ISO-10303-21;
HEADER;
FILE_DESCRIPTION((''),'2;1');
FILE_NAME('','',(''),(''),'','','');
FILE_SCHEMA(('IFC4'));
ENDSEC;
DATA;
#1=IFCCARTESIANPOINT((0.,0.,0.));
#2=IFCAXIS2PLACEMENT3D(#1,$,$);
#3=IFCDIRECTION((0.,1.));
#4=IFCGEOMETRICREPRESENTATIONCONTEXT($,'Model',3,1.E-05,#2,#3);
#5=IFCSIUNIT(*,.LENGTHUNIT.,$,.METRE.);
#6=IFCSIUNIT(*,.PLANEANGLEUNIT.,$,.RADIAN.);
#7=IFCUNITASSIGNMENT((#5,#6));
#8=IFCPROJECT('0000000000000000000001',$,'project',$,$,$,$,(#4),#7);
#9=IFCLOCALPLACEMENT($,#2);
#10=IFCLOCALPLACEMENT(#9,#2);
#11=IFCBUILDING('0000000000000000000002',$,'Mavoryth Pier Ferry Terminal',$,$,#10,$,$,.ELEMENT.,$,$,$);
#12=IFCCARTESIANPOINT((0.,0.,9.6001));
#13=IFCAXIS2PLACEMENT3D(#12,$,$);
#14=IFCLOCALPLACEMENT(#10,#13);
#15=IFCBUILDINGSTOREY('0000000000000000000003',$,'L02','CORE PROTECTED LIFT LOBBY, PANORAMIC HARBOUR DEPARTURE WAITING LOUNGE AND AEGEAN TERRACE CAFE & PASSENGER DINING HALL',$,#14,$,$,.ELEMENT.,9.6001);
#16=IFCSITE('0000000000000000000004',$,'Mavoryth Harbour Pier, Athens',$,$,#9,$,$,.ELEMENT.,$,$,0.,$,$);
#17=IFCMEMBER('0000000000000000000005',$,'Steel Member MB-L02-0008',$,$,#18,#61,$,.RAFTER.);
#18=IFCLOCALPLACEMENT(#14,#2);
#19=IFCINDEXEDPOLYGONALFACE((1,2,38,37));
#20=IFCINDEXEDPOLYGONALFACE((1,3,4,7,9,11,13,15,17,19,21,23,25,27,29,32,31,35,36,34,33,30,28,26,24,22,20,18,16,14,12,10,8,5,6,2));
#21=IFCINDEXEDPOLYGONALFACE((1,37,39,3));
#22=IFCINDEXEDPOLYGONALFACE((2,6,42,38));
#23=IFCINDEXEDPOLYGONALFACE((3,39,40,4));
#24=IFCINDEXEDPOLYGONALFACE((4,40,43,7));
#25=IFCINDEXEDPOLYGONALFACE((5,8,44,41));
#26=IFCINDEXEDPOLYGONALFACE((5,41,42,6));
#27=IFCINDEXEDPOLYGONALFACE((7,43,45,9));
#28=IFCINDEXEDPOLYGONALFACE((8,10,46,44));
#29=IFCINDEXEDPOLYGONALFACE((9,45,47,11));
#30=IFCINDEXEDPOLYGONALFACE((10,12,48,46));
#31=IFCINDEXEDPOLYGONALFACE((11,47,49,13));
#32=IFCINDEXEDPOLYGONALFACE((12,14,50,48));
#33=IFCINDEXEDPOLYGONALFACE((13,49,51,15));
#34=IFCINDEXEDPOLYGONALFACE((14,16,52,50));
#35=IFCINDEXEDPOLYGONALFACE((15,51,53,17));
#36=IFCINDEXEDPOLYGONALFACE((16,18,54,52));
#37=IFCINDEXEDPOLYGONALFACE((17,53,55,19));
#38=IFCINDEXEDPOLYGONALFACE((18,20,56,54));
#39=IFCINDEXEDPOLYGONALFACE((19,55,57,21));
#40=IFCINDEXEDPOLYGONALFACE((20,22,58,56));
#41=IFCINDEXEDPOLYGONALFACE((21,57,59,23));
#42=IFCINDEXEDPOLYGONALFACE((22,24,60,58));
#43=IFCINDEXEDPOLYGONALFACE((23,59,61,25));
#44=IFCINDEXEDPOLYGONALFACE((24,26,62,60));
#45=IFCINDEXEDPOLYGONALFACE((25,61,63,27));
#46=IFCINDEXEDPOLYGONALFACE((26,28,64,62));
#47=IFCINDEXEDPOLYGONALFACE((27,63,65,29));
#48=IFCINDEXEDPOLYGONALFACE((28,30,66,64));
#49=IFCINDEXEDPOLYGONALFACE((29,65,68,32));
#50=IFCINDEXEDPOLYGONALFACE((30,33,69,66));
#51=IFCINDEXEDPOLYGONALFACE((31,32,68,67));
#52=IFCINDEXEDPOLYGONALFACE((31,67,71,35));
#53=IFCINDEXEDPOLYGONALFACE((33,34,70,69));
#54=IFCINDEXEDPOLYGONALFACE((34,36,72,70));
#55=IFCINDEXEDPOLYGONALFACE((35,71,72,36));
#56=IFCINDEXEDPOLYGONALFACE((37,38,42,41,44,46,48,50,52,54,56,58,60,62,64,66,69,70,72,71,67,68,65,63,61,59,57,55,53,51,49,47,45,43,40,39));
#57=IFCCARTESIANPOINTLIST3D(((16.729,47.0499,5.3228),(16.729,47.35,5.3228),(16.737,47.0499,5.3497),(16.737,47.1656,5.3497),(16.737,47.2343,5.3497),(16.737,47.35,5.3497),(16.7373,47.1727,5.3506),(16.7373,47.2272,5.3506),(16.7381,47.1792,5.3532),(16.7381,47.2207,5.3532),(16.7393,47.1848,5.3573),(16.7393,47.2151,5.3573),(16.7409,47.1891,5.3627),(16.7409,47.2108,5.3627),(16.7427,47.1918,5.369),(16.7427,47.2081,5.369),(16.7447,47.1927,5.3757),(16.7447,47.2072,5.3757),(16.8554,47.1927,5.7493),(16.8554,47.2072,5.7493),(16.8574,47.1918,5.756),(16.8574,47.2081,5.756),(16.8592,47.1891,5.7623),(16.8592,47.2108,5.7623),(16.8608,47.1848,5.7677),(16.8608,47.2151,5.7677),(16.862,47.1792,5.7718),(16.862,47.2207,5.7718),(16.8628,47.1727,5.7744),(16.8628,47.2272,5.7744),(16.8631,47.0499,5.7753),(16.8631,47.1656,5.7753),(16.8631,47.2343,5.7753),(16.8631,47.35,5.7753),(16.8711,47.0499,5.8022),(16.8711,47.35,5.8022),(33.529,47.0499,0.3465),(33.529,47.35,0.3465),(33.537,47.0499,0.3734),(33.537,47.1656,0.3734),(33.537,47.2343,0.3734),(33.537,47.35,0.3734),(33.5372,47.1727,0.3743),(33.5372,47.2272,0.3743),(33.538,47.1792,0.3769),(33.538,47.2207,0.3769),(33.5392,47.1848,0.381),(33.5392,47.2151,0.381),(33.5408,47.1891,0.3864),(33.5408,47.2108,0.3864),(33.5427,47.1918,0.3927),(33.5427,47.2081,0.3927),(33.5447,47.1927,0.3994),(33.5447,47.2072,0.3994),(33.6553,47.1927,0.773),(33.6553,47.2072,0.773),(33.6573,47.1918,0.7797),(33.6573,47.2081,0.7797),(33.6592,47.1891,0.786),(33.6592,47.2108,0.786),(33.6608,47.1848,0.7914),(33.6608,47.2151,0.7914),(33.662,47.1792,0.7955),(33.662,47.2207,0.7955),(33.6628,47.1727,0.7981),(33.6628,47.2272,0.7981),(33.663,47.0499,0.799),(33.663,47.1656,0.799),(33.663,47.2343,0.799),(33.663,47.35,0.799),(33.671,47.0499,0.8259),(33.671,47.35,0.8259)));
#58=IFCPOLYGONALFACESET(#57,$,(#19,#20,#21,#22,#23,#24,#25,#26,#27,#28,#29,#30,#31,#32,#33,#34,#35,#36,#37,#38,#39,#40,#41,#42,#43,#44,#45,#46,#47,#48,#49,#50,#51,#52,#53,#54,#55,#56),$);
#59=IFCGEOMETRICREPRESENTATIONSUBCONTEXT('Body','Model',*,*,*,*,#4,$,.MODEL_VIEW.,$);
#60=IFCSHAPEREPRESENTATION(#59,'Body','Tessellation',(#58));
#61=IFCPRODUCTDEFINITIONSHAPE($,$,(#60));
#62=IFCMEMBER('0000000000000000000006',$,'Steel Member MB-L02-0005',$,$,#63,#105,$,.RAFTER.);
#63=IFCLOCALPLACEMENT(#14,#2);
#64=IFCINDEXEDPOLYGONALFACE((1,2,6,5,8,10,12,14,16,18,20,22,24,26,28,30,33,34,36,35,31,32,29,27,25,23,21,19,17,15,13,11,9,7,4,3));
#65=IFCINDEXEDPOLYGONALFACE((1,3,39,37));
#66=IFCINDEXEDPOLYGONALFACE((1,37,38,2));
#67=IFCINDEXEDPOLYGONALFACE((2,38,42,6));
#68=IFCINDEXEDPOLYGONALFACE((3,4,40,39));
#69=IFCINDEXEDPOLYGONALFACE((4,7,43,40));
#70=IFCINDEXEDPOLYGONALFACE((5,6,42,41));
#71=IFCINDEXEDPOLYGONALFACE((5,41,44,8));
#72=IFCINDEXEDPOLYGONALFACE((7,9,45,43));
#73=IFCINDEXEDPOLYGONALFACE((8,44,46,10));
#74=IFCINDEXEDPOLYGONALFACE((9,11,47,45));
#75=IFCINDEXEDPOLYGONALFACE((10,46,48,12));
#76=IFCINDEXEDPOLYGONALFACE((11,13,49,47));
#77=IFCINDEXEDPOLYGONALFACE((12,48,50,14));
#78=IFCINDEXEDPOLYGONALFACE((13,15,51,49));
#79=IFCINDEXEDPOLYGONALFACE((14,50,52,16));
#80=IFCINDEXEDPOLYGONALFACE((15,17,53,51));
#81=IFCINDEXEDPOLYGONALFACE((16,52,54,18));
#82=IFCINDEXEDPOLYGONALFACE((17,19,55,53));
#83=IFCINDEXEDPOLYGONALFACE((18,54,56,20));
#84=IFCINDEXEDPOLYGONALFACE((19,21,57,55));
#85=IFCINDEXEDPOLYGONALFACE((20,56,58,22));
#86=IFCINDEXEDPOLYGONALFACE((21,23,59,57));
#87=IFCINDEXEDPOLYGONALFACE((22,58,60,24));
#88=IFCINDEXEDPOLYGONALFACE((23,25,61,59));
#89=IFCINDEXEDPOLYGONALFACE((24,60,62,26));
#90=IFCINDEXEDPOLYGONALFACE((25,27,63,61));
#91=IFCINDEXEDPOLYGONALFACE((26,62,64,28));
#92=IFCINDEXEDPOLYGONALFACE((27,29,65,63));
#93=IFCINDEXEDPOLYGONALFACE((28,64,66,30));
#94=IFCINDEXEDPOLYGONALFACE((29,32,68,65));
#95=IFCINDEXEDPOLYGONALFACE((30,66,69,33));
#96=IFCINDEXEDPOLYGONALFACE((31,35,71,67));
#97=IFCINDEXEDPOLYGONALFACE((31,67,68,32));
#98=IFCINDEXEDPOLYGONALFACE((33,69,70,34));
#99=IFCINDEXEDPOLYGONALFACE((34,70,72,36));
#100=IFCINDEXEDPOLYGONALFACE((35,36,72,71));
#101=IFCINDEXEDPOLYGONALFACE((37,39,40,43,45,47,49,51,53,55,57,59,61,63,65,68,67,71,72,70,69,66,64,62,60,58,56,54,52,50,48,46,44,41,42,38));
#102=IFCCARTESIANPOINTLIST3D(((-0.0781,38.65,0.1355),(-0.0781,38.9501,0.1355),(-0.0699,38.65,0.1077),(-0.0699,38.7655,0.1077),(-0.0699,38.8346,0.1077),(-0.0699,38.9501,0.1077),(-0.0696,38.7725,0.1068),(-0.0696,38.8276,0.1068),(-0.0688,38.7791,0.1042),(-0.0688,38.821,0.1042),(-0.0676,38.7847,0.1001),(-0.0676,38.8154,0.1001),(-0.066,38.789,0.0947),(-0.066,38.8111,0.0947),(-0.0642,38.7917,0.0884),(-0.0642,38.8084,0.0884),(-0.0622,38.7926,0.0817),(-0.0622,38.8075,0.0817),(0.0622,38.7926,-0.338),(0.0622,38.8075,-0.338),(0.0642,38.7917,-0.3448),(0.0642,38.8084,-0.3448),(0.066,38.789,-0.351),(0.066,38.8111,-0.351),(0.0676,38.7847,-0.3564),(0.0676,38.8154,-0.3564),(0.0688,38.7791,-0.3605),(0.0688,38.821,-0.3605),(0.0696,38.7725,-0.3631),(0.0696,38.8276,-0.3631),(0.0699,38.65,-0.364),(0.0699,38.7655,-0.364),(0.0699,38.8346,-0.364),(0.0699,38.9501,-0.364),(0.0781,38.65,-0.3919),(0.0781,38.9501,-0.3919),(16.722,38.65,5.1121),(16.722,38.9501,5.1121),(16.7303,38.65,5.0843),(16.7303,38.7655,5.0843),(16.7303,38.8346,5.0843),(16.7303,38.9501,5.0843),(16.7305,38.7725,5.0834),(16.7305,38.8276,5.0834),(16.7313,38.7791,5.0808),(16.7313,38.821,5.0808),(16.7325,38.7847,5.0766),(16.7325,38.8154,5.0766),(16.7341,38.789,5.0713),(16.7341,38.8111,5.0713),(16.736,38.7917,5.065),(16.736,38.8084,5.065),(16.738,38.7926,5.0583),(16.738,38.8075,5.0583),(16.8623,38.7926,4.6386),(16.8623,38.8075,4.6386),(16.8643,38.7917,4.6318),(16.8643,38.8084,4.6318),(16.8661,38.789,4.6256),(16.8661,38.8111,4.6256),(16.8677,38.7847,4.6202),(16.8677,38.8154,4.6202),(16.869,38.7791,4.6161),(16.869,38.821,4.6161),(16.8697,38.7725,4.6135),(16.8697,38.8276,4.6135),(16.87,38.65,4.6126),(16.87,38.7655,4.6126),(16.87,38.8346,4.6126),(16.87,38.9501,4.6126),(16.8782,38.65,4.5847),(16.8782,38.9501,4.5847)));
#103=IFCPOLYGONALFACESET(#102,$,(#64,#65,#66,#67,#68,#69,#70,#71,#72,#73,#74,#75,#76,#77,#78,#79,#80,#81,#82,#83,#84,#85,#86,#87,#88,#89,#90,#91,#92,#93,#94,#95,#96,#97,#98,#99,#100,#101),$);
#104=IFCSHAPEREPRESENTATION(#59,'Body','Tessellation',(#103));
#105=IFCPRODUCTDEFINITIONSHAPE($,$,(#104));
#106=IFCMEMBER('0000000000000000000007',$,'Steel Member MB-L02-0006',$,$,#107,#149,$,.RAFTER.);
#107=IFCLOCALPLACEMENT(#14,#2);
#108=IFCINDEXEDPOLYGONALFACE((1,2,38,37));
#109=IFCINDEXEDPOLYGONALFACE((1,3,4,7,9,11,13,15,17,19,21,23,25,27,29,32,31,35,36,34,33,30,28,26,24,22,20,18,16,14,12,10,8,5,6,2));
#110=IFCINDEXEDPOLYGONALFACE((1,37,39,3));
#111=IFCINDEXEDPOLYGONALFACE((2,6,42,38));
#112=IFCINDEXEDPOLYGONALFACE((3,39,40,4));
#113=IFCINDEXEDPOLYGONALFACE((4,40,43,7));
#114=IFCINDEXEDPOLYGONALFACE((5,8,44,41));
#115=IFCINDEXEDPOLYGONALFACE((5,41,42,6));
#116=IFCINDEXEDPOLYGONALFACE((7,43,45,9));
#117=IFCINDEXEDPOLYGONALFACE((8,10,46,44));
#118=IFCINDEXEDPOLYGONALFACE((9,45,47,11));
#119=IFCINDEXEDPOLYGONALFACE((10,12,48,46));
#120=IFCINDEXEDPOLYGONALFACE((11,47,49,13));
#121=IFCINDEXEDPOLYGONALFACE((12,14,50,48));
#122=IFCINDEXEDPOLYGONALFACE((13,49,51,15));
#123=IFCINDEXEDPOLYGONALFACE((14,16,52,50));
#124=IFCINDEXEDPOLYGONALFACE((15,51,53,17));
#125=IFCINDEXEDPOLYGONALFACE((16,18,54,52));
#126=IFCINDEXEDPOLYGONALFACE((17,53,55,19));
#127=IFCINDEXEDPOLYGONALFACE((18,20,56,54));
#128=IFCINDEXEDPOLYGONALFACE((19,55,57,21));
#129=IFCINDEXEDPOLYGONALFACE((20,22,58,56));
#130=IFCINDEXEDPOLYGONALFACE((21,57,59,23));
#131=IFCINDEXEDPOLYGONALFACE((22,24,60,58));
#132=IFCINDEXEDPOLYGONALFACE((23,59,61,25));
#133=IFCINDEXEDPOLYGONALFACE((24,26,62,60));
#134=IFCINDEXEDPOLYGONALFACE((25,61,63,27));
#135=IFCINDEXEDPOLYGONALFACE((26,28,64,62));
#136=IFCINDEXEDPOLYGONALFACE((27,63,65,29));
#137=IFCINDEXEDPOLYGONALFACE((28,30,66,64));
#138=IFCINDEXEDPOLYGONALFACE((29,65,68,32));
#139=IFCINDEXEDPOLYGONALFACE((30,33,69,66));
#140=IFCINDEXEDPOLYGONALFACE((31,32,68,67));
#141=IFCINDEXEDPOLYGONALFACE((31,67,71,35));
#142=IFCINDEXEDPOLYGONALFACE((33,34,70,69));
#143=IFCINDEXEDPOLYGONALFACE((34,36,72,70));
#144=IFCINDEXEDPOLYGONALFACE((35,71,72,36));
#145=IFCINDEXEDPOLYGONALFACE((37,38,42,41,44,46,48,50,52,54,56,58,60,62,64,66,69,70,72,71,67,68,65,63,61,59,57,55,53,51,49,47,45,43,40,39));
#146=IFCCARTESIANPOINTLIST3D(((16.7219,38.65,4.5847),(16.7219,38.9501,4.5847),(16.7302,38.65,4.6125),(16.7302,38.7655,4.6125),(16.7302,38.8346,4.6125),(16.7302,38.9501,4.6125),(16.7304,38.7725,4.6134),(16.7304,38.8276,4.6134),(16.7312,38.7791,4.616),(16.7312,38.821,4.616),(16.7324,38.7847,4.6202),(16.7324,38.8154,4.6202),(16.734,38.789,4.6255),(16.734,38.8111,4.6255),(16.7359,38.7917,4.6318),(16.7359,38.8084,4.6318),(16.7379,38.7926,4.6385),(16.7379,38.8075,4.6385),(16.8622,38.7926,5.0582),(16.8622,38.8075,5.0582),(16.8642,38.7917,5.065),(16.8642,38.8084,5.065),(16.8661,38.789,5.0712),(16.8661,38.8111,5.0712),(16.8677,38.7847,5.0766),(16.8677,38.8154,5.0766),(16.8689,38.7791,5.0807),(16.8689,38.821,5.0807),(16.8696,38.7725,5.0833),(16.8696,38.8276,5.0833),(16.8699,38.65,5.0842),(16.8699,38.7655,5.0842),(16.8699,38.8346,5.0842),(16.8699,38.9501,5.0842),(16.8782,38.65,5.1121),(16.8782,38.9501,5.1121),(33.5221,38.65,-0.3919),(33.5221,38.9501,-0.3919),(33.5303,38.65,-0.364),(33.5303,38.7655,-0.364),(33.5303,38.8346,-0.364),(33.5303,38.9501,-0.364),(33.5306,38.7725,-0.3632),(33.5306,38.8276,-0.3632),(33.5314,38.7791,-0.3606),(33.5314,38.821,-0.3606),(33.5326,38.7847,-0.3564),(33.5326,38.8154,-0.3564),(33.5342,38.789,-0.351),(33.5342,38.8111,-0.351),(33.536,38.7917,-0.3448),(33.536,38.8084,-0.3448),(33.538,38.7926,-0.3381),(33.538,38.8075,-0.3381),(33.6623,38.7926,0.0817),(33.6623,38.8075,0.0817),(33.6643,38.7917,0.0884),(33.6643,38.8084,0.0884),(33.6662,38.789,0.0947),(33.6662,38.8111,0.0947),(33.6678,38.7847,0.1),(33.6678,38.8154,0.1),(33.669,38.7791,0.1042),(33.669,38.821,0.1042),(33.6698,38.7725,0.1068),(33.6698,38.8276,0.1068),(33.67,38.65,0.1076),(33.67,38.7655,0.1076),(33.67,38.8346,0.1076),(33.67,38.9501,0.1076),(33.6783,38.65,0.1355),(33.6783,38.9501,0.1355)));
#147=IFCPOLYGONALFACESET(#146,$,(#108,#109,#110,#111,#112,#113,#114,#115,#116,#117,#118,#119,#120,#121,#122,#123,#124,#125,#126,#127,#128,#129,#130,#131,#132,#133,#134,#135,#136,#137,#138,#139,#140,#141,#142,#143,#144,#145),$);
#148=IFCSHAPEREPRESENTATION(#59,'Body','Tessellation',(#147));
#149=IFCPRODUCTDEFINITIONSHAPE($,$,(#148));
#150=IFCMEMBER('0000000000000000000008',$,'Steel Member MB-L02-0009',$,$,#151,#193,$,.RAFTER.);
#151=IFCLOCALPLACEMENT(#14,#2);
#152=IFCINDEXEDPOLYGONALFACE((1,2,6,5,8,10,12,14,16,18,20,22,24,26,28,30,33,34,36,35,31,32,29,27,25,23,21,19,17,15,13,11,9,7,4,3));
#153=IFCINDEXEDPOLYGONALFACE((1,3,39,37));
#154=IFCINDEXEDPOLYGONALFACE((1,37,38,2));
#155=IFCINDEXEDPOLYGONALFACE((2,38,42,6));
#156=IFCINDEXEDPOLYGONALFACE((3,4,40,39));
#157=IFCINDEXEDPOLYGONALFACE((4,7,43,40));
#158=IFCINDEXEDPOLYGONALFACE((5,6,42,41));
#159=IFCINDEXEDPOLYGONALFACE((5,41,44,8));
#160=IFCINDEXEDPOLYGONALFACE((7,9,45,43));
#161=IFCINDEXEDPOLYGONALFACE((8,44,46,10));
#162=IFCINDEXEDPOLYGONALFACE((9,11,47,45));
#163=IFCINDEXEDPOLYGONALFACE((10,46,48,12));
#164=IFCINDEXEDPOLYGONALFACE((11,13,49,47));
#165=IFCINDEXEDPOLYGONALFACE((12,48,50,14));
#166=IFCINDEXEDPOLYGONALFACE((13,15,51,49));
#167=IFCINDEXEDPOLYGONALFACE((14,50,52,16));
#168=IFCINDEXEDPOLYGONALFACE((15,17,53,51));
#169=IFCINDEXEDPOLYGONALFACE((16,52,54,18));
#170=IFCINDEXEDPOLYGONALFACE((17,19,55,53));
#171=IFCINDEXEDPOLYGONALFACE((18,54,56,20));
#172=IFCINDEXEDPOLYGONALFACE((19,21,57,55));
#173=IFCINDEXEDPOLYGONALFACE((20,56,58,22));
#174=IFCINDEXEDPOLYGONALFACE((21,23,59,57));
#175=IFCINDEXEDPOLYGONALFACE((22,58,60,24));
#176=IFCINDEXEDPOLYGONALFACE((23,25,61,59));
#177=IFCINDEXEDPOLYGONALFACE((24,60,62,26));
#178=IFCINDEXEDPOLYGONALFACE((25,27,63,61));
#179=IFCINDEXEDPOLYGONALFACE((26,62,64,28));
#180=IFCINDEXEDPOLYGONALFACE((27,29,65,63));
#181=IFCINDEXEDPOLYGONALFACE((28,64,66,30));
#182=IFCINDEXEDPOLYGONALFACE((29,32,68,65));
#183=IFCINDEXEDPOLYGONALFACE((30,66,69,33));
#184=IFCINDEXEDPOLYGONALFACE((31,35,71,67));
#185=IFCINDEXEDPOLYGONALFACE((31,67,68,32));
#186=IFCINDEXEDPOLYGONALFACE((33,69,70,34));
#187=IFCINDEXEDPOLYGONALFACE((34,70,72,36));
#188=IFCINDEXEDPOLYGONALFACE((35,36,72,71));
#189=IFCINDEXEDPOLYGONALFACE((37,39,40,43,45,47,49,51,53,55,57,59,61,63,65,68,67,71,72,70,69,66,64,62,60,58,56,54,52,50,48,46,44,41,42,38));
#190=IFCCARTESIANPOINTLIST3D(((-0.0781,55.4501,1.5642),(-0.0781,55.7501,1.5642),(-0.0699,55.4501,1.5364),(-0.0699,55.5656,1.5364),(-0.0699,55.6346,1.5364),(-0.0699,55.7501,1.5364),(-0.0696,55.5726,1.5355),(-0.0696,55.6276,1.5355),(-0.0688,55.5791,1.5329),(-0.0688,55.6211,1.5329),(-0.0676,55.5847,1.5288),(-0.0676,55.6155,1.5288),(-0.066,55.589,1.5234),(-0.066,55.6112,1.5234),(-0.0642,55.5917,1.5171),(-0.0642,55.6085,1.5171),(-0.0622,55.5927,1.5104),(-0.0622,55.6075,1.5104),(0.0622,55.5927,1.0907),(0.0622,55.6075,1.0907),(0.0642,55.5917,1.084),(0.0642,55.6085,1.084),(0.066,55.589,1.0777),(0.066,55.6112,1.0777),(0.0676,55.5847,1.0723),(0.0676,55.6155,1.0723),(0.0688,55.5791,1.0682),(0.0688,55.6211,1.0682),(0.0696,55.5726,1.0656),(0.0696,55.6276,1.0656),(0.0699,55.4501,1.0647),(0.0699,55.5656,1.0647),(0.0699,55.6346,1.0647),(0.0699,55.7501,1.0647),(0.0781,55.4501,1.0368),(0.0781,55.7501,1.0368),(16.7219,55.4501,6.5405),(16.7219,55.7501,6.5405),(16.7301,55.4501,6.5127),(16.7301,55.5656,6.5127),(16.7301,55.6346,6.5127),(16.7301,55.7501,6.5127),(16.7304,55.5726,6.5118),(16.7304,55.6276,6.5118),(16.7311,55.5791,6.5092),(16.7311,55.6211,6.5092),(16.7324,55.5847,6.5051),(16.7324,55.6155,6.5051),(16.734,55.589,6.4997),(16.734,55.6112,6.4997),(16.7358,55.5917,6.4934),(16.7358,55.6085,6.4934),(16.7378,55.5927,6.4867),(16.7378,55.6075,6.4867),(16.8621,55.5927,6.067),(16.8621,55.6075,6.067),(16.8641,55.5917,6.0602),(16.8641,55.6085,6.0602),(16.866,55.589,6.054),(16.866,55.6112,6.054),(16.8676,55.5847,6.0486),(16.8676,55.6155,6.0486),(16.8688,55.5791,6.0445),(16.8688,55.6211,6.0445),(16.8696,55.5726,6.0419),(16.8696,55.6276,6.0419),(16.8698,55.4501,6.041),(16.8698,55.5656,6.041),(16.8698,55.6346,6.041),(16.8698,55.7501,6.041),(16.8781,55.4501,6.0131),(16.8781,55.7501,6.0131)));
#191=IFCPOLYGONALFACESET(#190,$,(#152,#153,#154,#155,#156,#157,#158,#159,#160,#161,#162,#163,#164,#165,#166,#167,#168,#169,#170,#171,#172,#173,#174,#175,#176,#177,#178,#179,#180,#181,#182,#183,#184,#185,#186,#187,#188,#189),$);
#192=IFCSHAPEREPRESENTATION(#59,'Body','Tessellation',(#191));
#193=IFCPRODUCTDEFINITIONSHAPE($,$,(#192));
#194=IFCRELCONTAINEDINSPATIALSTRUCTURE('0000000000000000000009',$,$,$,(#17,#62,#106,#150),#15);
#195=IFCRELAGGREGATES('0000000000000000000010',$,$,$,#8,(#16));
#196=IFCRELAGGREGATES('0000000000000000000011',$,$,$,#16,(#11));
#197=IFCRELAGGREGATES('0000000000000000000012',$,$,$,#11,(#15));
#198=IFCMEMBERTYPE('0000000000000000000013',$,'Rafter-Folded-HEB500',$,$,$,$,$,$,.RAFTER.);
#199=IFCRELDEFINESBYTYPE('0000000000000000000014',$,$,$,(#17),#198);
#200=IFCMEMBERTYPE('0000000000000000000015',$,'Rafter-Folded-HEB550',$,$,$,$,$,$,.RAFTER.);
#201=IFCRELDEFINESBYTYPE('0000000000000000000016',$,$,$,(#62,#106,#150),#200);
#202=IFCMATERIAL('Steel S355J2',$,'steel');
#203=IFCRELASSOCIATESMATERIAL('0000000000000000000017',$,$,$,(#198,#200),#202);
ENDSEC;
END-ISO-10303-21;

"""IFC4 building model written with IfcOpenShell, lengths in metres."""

from ifc_helpers import new_model, si_unit, direction, frame, origin, origin_2d, place, context, subcontext, project, spatial, i_section, extrude, material, material_profile, profile_set, type_object, element, save


model = new_model("IFC4")

# Units and contexts
model_context = context("Model", 3, precision=1e-05, world=origin(), true_north=direction((0.0, 1.0)))
body_context = subcontext(model_context, "Body", "Model", "MODEL_VIEW")
ifc_project = project(units=[si_unit("LENGTHUNIT", "METRE"), si_unit("PLANEANGLEUNIT", "RADIAN")], contexts=[model_context])

# Site, building, storey
site_placement = place(None, origin())
site = spatial("IfcSite", under=ifc_project, at=site_placement, Name="Mavoryth Harbour Pier, Athens", CompositionType="ELEMENT", RefElevation=0.0)
building_placement = place(site_placement, origin())
building = spatial("IfcBuilding", under=site, at=building_placement, Name="Mavoryth Pier Ferry Terminal", CompositionType="ELEMENT")
storey_placement = place(building_placement, frame((0.0, 0.0, 9.6001)))
storey = spatial("IfcBuildingStorey", under=building, at=storey_placement, Name="L02", Description="CORE PROTECTED LIFT LOBBY, PANORAMIC HARBOUR DEPARTURE WAITING LOUNGE AND AEGEAN TERRACE CAFE & PASSENGER DINING HALL", CompositionType="ELEMENT", Elevation=9.6001)

# Members
ifc_material_1 = material(Name="Steel S355J2", Category="steel")
ifc_material_profile_1 = material_profile(ifc_material_1, i_section(OverallWidth=0.3, OverallDepth=0.5, WebThickness=0.0144, FlangeThickness=0.0281, FilletRadius=0.0271, at=origin_2d()), Name="HEB 500", Category="steel")
ifc_profile_set_1 = profile_set([ifc_material_profile_1], Name="Steel S355J2 - HEB 500")
member_type_1 = type_object("IfcMemberType", Name="Rafter-Folded-HEB500", PredefinedType="RAFTER", material=ifc_profile_set_1)
for number, where, z_axis, x_axis, name in (
    (1, (16.8, 47.2, 5.5625), (0.958821, 0.0, -0.284011), (0.0, 1.0, 0.0), "Steel Member MB-L02-0008"),
):
    element("IfcMember", number, at=place(storey_placement, frame(where, z_axis=z_axis, x_axis=x_axis)), inside=storey, type_object=member_type_1, Name=name, PredefinedType="RAFTER", context=body_context, shape_type="SweptSolid", body=[
        extrude(i_section(OverallWidth=0.3, OverallDepth=0.5, WebThickness=0.0144, FlangeThickness=0.0281, FilletRadius=0.0271, at=origin_2d()), origin(), (0.0, 0.0, 1.0), 17.5215),
    ])
ifc_material_profile_2 = material_profile(ifc_material_1, i_section(OverallWidth=0.3, OverallDepth=0.55, WebThickness=0.0149, FlangeThickness=0.0291, FilletRadius=0.0271, at=origin_2d()), Name="HEB 550", Category="steel")
ifc_profile_set_2 = profile_set([ifc_material_profile_2], Name="Steel S355J2 - HEB 550")
member_type_2 = type_object("IfcMemberType", Name="Rafter-Folded-HEB550", PredefinedType="RAFTER", material=ifc_profile_set_2)
for number, where, z_axis, x_axis, name in (
    (2, (0.0, 38.8, -0.1282), (0.958817, 0.0, 0.284024), (0.0, 1.0, 0.0), "Steel Member MB-L02-0005"),
    (3, (16.8, 38.8, 4.8484), (0.958817, 0.0, -0.284024), (0.0, 1.0, 0.0), "Steel Member MB-L02-0006"),
):
    element("IfcMember", number, at=place(storey_placement, frame(where, z_axis=z_axis, x_axis=x_axis)), inside=storey, type_object=member_type_2, Name=name, PredefinedType="RAFTER", context=body_context, shape_type="SweptSolid", body=[
        extrude(i_section(OverallWidth=0.3, OverallDepth=0.55, WebThickness=0.0149, FlangeThickness=0.0291, FilletRadius=0.0271, at=origin_2d()), origin(), (0.0, 0.0, 1.0), 17.5217),
    ])
member_1_placement = place(storey_placement, frame((0.0, 55.6001, 1.3005), z_axis=(0.958821, 0.0, 0.284011), x_axis=(0.0, 1.0, 0.0)))
element("IfcMember", 4, at=member_1_placement, inside=storey, type_object=member_type_2, Name="Steel Member MB-L02-0009", PredefinedType="RAFTER", context=body_context, shape_type="SweptSolid", body=[
    extrude(i_section(OverallWidth=0.3, OverallDepth=0.55, WebThickness=0.0149, FlangeThickness=0.0291, FilletRadius=0.0271, at=origin_2d()), origin(), (0.0, 0.0, 1.0), 17.5215),
])

save(model, "model.ifc")
